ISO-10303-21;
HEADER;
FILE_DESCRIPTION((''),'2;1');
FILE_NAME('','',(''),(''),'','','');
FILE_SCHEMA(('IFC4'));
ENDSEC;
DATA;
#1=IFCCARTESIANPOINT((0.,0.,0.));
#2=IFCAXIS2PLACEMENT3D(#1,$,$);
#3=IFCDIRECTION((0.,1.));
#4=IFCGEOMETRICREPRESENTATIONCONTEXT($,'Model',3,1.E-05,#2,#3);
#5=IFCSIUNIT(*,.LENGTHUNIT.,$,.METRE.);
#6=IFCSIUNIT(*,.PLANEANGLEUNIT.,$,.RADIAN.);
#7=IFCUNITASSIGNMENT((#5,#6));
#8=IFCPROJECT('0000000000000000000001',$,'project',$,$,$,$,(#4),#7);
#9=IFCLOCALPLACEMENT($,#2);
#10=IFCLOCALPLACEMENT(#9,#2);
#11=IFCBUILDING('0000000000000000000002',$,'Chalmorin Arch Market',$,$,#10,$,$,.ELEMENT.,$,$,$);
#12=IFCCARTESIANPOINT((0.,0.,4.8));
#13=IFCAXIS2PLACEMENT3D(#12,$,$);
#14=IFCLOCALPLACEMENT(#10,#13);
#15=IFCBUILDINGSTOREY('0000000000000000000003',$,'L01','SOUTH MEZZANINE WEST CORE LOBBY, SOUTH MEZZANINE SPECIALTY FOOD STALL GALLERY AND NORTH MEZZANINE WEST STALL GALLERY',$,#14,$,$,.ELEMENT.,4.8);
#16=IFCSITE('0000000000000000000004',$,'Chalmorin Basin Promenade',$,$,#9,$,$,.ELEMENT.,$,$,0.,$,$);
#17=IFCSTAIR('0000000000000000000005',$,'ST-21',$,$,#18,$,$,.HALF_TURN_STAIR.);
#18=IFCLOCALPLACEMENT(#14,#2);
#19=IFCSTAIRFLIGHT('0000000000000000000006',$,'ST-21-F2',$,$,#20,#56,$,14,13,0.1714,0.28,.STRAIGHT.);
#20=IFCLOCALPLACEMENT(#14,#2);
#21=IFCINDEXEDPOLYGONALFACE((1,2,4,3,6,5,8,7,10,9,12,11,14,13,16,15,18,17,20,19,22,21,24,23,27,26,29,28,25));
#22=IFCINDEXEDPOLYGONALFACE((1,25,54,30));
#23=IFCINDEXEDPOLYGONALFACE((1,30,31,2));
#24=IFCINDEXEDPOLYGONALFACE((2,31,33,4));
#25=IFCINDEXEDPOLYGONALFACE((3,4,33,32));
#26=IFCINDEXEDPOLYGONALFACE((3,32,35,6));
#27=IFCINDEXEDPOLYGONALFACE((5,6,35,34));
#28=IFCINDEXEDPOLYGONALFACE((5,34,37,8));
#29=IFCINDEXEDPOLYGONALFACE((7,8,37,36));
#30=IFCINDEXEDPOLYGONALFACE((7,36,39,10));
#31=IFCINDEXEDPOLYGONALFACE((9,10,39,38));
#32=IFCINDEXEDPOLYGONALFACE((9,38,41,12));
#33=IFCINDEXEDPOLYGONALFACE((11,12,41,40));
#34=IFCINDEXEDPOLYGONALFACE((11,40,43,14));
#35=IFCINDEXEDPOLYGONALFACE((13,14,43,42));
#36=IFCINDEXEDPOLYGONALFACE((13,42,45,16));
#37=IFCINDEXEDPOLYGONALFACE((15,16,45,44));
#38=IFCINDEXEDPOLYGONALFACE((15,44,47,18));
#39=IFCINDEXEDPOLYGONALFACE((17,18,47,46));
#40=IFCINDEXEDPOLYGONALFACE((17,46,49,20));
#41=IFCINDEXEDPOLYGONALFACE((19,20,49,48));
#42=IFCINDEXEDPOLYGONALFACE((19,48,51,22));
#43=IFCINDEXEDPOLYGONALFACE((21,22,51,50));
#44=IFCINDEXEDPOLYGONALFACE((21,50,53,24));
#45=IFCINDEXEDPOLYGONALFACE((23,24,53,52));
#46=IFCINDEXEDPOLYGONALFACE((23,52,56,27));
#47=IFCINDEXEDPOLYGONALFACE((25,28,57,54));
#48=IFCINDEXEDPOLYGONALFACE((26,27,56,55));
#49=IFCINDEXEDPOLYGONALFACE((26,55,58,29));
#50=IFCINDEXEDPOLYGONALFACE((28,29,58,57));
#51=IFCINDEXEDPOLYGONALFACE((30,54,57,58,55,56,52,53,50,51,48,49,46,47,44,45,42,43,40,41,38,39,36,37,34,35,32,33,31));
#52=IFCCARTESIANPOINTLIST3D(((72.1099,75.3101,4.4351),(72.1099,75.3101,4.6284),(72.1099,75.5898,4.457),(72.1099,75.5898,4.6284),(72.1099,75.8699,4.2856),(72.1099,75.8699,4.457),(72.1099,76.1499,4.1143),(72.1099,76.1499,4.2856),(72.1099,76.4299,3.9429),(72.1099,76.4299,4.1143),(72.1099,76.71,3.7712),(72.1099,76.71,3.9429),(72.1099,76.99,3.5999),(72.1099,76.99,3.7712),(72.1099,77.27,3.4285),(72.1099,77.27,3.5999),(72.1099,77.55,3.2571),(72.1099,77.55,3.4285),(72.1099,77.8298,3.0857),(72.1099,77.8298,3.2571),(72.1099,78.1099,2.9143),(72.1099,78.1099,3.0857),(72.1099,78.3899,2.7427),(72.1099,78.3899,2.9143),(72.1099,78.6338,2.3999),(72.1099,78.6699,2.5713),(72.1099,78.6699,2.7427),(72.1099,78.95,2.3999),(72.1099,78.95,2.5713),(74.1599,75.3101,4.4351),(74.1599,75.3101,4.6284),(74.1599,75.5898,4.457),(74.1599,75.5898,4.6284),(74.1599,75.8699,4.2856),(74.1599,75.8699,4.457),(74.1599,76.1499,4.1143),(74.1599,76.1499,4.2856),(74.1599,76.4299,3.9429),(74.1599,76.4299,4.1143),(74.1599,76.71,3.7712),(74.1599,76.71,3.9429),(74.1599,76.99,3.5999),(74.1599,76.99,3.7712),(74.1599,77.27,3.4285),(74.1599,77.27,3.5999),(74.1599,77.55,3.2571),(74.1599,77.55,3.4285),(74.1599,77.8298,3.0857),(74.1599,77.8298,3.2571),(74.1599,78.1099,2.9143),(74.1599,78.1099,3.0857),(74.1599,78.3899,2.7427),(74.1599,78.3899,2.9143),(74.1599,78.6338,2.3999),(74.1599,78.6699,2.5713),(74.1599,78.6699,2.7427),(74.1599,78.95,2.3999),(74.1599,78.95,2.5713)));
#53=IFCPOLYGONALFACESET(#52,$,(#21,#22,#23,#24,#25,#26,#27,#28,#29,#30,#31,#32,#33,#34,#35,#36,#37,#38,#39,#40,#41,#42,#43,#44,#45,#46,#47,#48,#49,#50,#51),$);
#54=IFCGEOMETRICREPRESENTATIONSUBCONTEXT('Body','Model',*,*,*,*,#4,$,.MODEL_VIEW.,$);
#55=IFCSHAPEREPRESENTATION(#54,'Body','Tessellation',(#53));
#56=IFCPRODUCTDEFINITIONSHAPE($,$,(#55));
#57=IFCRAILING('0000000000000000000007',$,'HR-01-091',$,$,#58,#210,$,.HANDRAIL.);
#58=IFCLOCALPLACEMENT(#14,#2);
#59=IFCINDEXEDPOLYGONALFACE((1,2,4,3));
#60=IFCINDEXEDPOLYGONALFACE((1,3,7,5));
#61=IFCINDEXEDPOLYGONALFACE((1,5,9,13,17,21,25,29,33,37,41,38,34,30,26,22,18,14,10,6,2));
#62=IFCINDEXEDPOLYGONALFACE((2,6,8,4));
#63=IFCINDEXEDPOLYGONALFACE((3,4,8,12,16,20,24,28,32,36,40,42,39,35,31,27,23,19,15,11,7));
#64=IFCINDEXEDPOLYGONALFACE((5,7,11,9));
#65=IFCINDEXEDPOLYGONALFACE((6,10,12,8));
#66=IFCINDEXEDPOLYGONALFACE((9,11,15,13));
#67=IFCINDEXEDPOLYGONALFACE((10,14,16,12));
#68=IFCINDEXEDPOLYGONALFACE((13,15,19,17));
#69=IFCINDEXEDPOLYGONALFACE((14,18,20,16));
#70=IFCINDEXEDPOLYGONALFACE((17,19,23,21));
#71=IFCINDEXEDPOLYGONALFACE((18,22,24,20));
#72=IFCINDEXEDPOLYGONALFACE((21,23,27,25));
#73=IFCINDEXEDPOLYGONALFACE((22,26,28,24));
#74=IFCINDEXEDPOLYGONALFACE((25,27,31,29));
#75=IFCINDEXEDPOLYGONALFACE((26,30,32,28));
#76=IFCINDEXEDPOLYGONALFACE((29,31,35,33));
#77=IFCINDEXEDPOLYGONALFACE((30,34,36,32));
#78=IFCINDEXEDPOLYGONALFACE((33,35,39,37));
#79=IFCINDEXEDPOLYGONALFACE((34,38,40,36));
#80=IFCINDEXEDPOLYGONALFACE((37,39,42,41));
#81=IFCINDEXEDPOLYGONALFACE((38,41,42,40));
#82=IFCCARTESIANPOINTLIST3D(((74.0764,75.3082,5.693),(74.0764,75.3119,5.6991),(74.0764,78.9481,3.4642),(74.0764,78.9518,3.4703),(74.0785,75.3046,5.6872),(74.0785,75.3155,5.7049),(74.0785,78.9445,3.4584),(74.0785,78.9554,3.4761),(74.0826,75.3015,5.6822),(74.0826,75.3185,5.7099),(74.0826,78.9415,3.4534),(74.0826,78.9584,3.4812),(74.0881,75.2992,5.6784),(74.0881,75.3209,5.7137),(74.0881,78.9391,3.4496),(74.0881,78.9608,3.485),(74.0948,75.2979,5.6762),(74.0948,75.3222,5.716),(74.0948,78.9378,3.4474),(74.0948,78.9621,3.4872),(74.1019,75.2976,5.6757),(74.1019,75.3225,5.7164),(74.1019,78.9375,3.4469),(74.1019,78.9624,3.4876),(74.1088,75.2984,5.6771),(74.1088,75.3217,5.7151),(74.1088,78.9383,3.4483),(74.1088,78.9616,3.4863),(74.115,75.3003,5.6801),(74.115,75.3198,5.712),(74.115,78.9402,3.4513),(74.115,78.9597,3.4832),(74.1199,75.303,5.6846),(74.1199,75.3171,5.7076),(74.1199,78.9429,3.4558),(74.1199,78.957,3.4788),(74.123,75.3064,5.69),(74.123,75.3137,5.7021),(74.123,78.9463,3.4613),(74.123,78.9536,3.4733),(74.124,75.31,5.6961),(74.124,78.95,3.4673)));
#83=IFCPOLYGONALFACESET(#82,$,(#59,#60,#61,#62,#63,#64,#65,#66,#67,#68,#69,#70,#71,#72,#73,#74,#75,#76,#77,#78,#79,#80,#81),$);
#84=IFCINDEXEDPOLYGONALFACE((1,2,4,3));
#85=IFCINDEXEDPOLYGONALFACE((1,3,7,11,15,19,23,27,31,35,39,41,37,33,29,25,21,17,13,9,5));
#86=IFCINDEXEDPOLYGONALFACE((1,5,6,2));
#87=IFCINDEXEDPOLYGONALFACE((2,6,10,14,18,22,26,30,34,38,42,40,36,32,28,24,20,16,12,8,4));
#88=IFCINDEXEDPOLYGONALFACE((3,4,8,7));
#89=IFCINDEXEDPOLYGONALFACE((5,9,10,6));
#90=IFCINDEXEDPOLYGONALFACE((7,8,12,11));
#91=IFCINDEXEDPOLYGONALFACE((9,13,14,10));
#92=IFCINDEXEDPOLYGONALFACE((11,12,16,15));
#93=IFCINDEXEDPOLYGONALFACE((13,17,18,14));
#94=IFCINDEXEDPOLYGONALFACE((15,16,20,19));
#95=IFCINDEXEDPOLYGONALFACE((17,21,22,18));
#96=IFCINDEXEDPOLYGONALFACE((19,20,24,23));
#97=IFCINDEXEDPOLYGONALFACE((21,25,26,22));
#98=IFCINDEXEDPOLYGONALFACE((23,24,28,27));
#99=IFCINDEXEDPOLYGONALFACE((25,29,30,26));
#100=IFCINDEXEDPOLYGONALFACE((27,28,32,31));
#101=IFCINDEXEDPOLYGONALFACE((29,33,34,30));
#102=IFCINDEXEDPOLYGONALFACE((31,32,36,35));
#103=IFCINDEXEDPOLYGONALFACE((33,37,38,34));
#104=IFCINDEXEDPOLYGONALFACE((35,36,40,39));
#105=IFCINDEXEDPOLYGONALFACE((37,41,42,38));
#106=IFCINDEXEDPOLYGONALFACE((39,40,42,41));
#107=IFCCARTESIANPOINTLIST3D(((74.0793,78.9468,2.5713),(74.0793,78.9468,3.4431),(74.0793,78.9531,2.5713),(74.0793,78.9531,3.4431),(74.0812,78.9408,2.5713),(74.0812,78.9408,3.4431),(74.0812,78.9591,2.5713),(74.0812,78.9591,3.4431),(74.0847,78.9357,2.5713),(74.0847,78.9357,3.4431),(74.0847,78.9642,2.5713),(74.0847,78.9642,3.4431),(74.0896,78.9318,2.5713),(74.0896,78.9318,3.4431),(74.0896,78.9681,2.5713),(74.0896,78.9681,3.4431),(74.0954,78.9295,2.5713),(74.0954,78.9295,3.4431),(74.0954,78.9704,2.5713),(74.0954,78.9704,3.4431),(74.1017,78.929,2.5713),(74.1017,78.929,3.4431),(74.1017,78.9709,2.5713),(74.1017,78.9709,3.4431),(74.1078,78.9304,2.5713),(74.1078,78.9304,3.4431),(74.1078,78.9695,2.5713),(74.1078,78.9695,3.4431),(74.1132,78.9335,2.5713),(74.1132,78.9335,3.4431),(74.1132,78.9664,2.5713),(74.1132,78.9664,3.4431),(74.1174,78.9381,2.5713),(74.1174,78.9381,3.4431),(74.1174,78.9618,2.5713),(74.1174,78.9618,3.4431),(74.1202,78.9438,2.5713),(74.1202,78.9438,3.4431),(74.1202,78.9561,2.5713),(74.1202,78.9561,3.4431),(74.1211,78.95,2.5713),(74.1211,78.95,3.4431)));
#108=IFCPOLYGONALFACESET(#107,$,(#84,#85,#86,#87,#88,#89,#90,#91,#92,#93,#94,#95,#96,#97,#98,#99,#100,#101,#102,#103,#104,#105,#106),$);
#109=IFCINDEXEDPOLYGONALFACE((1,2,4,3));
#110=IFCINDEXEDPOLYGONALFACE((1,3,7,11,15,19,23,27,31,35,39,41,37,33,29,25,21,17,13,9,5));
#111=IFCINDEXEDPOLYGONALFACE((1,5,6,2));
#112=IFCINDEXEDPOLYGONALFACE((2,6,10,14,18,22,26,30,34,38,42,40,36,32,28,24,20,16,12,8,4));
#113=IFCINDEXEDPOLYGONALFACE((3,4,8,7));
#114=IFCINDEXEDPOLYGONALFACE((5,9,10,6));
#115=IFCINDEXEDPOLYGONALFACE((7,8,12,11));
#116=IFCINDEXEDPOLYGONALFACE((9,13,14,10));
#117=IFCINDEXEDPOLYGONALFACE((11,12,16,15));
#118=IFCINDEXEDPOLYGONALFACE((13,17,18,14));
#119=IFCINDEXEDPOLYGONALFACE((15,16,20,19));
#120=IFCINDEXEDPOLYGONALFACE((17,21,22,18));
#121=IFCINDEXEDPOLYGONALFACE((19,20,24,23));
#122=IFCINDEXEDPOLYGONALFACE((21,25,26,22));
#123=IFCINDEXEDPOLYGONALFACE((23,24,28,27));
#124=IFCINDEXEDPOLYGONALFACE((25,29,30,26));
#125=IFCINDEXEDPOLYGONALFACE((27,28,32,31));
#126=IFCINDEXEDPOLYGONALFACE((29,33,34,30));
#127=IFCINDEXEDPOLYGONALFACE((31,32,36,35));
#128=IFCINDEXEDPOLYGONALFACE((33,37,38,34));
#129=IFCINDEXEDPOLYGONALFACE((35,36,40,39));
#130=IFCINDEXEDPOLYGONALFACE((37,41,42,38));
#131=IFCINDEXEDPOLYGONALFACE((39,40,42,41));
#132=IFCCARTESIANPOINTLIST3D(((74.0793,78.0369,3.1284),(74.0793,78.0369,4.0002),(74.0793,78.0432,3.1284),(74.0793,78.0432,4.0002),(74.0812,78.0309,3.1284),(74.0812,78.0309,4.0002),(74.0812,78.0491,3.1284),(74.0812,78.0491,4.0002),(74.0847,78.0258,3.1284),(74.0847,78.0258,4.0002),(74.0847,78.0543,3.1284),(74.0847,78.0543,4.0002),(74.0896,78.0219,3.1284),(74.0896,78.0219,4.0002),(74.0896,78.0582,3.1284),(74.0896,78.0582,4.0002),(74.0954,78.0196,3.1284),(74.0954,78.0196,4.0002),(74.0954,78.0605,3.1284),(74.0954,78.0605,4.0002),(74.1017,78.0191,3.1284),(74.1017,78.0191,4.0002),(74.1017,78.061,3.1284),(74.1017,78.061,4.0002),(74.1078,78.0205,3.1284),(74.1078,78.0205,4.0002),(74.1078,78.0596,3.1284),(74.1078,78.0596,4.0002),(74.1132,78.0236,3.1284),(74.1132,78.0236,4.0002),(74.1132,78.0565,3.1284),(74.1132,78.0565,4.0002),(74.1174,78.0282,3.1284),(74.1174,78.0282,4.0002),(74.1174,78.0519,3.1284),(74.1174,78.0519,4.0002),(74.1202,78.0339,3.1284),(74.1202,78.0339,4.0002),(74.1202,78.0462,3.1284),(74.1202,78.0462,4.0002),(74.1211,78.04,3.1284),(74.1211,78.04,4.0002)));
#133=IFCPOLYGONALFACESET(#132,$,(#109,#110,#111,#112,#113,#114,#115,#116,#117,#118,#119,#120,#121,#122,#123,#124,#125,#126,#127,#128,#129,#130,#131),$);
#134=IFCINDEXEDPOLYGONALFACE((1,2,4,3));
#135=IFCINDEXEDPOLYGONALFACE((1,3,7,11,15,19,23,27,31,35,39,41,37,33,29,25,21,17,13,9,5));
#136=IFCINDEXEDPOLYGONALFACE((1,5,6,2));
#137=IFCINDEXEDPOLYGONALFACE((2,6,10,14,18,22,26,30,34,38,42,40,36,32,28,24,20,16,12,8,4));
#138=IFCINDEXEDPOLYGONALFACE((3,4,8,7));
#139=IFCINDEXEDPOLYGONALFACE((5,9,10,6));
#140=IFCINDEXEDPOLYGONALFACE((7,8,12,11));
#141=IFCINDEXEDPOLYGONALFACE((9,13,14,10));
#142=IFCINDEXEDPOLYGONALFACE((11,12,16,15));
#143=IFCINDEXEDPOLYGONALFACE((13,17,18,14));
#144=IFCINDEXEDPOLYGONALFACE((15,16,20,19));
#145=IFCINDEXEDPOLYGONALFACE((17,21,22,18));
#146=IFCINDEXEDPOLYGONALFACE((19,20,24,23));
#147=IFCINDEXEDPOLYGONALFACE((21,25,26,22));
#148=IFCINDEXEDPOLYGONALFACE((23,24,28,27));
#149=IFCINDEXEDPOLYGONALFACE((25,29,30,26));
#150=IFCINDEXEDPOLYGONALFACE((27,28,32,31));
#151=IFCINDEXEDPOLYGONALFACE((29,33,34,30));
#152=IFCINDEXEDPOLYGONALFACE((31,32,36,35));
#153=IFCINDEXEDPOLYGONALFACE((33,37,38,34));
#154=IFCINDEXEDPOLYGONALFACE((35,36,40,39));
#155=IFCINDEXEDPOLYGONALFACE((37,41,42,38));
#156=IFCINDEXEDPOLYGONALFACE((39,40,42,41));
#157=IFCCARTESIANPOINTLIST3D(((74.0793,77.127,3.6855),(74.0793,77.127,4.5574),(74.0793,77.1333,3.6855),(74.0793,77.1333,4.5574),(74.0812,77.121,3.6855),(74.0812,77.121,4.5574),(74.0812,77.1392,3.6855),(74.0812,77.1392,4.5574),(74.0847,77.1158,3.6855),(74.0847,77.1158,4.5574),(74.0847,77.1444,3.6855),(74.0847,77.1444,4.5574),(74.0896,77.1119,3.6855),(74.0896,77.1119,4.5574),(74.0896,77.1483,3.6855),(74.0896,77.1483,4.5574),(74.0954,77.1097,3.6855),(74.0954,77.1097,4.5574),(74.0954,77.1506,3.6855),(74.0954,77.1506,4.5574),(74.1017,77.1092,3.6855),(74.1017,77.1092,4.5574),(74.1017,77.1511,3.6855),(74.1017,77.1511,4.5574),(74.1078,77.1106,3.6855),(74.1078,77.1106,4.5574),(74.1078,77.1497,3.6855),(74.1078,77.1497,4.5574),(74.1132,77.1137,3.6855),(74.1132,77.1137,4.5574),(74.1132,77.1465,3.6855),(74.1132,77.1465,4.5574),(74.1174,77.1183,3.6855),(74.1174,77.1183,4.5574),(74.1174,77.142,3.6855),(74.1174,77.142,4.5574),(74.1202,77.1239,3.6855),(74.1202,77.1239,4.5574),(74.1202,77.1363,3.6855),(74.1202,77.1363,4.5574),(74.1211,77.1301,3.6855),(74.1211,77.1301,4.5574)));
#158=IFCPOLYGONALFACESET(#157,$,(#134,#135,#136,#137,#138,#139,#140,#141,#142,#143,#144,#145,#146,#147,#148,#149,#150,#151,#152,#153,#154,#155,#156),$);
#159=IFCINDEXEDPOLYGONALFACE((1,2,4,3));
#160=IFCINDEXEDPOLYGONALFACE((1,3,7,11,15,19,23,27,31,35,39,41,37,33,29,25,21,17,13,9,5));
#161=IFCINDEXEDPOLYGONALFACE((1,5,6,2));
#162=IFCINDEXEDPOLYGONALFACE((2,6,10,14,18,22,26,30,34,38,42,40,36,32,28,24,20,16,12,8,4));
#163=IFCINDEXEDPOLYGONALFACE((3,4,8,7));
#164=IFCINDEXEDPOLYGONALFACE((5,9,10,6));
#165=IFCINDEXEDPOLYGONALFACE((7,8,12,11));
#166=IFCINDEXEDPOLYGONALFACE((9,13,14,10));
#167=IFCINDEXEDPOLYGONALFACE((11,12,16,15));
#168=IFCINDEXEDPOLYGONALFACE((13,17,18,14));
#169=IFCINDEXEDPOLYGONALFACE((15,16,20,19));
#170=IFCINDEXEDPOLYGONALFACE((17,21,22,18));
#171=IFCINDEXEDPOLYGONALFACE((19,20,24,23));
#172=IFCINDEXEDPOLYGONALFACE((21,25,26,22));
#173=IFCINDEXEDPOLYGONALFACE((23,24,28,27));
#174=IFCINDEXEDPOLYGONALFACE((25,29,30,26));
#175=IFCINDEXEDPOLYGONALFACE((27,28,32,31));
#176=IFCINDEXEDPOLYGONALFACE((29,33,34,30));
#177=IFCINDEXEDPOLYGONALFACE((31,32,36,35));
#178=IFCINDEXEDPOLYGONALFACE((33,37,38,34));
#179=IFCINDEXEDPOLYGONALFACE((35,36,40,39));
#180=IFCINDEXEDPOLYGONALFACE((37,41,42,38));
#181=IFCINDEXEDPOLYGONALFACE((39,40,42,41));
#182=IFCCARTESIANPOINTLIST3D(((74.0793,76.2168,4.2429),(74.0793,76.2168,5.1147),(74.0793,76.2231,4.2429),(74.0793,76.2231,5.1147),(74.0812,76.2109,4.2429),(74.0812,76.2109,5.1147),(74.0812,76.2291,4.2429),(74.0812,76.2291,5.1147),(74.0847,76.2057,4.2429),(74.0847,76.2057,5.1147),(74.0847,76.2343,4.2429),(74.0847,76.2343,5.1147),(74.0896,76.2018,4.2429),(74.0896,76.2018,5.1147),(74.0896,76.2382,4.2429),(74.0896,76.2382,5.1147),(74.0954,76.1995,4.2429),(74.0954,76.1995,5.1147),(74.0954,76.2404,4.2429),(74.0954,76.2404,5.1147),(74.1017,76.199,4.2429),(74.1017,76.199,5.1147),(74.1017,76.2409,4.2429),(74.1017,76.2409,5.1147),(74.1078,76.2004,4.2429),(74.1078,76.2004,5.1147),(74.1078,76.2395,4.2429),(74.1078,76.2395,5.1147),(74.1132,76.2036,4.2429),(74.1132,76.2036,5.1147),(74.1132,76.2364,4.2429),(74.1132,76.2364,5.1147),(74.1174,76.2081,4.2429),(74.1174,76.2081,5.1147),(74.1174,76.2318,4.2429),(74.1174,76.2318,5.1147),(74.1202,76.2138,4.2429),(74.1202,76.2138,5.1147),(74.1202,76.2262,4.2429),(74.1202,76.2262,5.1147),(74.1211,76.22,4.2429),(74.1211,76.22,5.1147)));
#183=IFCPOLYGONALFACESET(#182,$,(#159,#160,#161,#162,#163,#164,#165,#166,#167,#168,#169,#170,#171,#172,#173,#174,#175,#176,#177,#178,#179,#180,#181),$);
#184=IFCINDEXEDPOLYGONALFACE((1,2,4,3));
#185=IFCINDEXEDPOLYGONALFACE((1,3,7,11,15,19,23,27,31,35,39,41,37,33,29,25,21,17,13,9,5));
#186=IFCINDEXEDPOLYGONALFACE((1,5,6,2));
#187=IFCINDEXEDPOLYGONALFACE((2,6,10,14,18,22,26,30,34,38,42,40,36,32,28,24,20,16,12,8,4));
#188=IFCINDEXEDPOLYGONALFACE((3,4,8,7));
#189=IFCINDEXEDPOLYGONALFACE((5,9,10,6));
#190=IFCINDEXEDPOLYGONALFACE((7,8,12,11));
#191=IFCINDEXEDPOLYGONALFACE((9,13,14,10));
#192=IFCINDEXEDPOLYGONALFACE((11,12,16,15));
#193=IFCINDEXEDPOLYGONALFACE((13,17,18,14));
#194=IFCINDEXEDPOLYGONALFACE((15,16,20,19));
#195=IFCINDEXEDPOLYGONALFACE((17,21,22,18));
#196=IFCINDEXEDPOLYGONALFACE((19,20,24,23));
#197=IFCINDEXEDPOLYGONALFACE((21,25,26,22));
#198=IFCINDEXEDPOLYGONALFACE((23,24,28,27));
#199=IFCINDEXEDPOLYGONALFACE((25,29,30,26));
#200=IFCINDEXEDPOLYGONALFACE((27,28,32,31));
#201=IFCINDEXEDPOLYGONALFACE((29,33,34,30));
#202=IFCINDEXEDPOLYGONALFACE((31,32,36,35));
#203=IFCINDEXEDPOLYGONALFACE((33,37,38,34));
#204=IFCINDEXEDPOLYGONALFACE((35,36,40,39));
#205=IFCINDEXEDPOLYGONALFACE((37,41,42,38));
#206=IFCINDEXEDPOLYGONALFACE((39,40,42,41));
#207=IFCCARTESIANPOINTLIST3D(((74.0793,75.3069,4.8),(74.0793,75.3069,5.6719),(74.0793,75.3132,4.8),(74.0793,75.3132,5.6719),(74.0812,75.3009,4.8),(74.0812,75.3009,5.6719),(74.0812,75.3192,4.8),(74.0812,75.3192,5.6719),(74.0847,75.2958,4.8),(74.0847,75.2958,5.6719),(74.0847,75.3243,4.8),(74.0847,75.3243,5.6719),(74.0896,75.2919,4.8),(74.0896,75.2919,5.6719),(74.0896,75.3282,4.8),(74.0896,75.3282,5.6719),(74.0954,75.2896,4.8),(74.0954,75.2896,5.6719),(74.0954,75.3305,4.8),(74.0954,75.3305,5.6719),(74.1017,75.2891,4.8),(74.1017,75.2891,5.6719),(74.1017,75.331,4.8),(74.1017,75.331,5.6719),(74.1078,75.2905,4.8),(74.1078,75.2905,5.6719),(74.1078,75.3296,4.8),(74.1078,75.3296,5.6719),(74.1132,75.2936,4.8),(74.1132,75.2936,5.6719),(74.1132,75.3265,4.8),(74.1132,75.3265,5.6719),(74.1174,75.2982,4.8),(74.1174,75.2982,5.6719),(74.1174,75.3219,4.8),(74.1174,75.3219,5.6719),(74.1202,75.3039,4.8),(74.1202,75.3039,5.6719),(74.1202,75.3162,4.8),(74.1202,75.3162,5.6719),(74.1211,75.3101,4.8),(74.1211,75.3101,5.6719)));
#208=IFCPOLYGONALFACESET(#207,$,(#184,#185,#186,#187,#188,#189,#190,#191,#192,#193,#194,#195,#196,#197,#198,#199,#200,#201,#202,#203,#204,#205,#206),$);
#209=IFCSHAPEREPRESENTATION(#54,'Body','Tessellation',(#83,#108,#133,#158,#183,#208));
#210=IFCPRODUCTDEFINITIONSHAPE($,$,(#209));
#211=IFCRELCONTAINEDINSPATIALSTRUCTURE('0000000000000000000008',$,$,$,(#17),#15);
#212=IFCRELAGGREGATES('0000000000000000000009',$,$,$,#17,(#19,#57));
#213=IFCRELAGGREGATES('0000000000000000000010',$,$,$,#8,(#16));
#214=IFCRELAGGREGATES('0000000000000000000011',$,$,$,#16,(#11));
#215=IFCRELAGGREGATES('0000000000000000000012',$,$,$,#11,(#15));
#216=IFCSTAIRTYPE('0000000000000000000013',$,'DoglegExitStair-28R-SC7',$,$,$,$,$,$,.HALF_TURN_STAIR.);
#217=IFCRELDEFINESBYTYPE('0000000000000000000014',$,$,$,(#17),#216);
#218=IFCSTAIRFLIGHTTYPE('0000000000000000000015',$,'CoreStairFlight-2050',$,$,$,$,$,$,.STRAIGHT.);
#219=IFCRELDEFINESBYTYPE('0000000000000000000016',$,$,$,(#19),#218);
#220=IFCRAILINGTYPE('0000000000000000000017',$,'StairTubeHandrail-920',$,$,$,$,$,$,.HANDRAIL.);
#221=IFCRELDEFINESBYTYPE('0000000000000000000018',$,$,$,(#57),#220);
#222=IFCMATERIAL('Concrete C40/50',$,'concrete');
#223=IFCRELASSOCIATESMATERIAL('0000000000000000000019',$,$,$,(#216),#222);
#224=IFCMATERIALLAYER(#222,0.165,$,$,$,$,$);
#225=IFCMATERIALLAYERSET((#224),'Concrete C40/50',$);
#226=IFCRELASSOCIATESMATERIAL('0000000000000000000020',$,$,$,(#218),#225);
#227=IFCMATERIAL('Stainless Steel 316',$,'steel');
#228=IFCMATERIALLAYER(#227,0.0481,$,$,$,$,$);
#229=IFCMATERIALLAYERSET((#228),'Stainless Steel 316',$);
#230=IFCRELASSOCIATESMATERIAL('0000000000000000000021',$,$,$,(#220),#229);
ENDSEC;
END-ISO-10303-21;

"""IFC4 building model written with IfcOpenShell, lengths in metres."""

from ifc_helpers import new_model, si_unit, direction, frame, origin, origin_2d, place, context, subcontext, project, spatial, polyline, circle, outline, extrude, material, layer, layer_set, type_object, element, aggregate, save


model = new_model("IFC4")

# Units and contexts
model_context = context("Model", 3, precision=1e-05, world=origin(), true_north=direction((0.0, 1.0)))
body_context = subcontext(model_context, "Body", "Model", "MODEL_VIEW")
ifc_project = project(units=[si_unit("LENGTHUNIT", "METRE"), si_unit("PLANEANGLEUNIT", "RADIAN")], contexts=[model_context])

# Site, building, storey
site_placement = place(None, origin())
site = spatial("IfcSite", under=ifc_project, at=site_placement, Name="Chalmorin Basin Promenade", CompositionType="ELEMENT", RefElevation=0.0)
building_placement = place(site_placement, origin())
building = spatial("IfcBuilding", under=site, at=building_placement, Name="Chalmorin Arch Market", CompositionType="ELEMENT")
storey_placement = place(building_placement, frame((0.0, 0.0, 4.8)))
storey = spatial("IfcBuildingStorey", under=building, at=storey_placement, Name="L01", Description="SOUTH MEZZANINE WEST CORE LOBBY, SOUTH MEZZANINE SPECIALTY FOOD STALL GALLERY AND NORTH MEZZANINE WEST STALL GALLERY", CompositionType="ELEMENT", Elevation=4.8)

# Shared definitions
ifc_material_1 = material(Name="Concrete C40/50", Category="concrete")

# Shared definitions
ifc_material_2 = material(Name="Stainless Steel 316", Category="steel")

# Stair, stair flight, railing
stair_type = type_object("IfcStairType", Name="DoglegExitStair-28R-SC7", PredefinedType="HALF_TURN_STAIR", material=ifc_material_1)
stair_placement = place(storey_placement, origin())
stair = element("IfcStair", 1, at=stair_placement, inside=storey, type_object=stair_type, Name="ST-21", PredefinedType="HALF_TURN_STAIR")
ifc_layer_1 = layer(ifc_material_1, 0.165)
ifc_layer_set_1 = layer_set([ifc_layer_1], Name="Concrete C40/50")
stair_flight_type = type_object("IfcStairFlightType", Name="CoreStairFlight-2050", PredefinedType="STRAIGHT", material=ifc_layer_set_1)
stair_flight_placement = place(storey_placement, frame((73.135, 78.95, 2.3999), z_axis=(0.0, 0.0, 1.0), x_axis=(0.0, -1.0, 0.0)))
stair_flight = element("IfcStairFlight", 2, at=stair_flight_placement, type_object=stair_flight_type, Name="ST-21-F2", NumberOfRisers=14, NumberOfTreads=13, PredefinedType="STRAIGHT", RiserHeight=0.1714, TreadLength=0.28, context=body_context, shape_type="SweptSolid", body=[
    extrude(outline(polyline([(0.0, 0.0), (0.0, 0.1714), (0.28, 0.1714), (0.28, 0.3428), (0.5601, 0.3428), (0.5601, 0.5144), (0.8401, 0.5144), (0.8401, 0.6858), (1.1201, 0.6858), (1.1201, 0.8572), (1.3999, 0.8572), (1.3999, 1.0286), (1.6799, 1.0286), (1.6799, 1.2), (1.96, 1.2), (1.96, 1.3713), (2.24, 1.3713), (2.24, 1.543), (2.52, 1.543), (2.52, 1.7144), (2.8, 1.7144), (2.8, 1.8857), (3.0801, 1.8857), (3.0801, 2.0571), (3.3601, 2.0571), (3.3601, 2.2285), (3.6399, 2.2285), (3.6399, 2.3999), (3.6399, 2.0352), (0.3162, 0.0), (0.0, 0.0)])), frame((0.0, 1.0249, 0.0), z_axis=(0.0, -1.0, 0.0), x_axis=(1.0, 0.0, 0.0)), (0.0, 0.0, 1.0), 2.05),
])
ifc_layer_2 = layer(ifc_material_2, 0.0481)
ifc_layer_set_2 = layer_set([ifc_layer_2], Name="Stainless Steel 316")
railing_type = type_object("IfcRailingType", Name="StairTubeHandrail-920", PredefinedType="HANDRAIL", material=ifc_layer_set_2)
railing_placement = place(storey_placement, frame((74.1001, 78.95, 2.5713)))
railing = element("IfcRailing", 3, at=railing_placement, type_object=railing_type, Name="HR-01-091", PredefinedType="HANDRAIL", context=body_context, shape_type="SweptSolid", body=[
    extrude(circle(Radius=0.0239, at=origin_2d()), frame((0.0, 0.0, 0.896), z_axis=(0.0, -0.852825, 0.522197), x_axis=(1.0, 0.0, 0.0)), (0.0, 0.0, 1.0), 4.2681),
    extrude(circle(Radius=0.021, at=origin_2d()), origin(), (0.0, 0.0, 1.0), 0.8718),
    extrude(circle(Radius=0.021, at=origin_2d()), frame((0.0, -0.9099, 0.5571)), (0.0, 0.0, 1.0), 0.8718),
    extrude(circle(Radius=0.021, at=origin_2d()), frame((0.0, -1.8198, 1.1143)), (0.0, 0.0, 1.0), 0.8718),
    extrude(circle(Radius=0.021, at=origin_2d()), frame((0.0, -2.73, 1.6716)), (0.0, 0.0, 1.0), 0.8718),
    extrude(circle(Radius=0.021, at=origin_2d()), frame((0.0, -3.6399, 2.2288)), (0.0, 0.0, 1.0), 0.8718),
])
aggregate(stair, [stair_flight, railing])

save(model, "model.ifc")
